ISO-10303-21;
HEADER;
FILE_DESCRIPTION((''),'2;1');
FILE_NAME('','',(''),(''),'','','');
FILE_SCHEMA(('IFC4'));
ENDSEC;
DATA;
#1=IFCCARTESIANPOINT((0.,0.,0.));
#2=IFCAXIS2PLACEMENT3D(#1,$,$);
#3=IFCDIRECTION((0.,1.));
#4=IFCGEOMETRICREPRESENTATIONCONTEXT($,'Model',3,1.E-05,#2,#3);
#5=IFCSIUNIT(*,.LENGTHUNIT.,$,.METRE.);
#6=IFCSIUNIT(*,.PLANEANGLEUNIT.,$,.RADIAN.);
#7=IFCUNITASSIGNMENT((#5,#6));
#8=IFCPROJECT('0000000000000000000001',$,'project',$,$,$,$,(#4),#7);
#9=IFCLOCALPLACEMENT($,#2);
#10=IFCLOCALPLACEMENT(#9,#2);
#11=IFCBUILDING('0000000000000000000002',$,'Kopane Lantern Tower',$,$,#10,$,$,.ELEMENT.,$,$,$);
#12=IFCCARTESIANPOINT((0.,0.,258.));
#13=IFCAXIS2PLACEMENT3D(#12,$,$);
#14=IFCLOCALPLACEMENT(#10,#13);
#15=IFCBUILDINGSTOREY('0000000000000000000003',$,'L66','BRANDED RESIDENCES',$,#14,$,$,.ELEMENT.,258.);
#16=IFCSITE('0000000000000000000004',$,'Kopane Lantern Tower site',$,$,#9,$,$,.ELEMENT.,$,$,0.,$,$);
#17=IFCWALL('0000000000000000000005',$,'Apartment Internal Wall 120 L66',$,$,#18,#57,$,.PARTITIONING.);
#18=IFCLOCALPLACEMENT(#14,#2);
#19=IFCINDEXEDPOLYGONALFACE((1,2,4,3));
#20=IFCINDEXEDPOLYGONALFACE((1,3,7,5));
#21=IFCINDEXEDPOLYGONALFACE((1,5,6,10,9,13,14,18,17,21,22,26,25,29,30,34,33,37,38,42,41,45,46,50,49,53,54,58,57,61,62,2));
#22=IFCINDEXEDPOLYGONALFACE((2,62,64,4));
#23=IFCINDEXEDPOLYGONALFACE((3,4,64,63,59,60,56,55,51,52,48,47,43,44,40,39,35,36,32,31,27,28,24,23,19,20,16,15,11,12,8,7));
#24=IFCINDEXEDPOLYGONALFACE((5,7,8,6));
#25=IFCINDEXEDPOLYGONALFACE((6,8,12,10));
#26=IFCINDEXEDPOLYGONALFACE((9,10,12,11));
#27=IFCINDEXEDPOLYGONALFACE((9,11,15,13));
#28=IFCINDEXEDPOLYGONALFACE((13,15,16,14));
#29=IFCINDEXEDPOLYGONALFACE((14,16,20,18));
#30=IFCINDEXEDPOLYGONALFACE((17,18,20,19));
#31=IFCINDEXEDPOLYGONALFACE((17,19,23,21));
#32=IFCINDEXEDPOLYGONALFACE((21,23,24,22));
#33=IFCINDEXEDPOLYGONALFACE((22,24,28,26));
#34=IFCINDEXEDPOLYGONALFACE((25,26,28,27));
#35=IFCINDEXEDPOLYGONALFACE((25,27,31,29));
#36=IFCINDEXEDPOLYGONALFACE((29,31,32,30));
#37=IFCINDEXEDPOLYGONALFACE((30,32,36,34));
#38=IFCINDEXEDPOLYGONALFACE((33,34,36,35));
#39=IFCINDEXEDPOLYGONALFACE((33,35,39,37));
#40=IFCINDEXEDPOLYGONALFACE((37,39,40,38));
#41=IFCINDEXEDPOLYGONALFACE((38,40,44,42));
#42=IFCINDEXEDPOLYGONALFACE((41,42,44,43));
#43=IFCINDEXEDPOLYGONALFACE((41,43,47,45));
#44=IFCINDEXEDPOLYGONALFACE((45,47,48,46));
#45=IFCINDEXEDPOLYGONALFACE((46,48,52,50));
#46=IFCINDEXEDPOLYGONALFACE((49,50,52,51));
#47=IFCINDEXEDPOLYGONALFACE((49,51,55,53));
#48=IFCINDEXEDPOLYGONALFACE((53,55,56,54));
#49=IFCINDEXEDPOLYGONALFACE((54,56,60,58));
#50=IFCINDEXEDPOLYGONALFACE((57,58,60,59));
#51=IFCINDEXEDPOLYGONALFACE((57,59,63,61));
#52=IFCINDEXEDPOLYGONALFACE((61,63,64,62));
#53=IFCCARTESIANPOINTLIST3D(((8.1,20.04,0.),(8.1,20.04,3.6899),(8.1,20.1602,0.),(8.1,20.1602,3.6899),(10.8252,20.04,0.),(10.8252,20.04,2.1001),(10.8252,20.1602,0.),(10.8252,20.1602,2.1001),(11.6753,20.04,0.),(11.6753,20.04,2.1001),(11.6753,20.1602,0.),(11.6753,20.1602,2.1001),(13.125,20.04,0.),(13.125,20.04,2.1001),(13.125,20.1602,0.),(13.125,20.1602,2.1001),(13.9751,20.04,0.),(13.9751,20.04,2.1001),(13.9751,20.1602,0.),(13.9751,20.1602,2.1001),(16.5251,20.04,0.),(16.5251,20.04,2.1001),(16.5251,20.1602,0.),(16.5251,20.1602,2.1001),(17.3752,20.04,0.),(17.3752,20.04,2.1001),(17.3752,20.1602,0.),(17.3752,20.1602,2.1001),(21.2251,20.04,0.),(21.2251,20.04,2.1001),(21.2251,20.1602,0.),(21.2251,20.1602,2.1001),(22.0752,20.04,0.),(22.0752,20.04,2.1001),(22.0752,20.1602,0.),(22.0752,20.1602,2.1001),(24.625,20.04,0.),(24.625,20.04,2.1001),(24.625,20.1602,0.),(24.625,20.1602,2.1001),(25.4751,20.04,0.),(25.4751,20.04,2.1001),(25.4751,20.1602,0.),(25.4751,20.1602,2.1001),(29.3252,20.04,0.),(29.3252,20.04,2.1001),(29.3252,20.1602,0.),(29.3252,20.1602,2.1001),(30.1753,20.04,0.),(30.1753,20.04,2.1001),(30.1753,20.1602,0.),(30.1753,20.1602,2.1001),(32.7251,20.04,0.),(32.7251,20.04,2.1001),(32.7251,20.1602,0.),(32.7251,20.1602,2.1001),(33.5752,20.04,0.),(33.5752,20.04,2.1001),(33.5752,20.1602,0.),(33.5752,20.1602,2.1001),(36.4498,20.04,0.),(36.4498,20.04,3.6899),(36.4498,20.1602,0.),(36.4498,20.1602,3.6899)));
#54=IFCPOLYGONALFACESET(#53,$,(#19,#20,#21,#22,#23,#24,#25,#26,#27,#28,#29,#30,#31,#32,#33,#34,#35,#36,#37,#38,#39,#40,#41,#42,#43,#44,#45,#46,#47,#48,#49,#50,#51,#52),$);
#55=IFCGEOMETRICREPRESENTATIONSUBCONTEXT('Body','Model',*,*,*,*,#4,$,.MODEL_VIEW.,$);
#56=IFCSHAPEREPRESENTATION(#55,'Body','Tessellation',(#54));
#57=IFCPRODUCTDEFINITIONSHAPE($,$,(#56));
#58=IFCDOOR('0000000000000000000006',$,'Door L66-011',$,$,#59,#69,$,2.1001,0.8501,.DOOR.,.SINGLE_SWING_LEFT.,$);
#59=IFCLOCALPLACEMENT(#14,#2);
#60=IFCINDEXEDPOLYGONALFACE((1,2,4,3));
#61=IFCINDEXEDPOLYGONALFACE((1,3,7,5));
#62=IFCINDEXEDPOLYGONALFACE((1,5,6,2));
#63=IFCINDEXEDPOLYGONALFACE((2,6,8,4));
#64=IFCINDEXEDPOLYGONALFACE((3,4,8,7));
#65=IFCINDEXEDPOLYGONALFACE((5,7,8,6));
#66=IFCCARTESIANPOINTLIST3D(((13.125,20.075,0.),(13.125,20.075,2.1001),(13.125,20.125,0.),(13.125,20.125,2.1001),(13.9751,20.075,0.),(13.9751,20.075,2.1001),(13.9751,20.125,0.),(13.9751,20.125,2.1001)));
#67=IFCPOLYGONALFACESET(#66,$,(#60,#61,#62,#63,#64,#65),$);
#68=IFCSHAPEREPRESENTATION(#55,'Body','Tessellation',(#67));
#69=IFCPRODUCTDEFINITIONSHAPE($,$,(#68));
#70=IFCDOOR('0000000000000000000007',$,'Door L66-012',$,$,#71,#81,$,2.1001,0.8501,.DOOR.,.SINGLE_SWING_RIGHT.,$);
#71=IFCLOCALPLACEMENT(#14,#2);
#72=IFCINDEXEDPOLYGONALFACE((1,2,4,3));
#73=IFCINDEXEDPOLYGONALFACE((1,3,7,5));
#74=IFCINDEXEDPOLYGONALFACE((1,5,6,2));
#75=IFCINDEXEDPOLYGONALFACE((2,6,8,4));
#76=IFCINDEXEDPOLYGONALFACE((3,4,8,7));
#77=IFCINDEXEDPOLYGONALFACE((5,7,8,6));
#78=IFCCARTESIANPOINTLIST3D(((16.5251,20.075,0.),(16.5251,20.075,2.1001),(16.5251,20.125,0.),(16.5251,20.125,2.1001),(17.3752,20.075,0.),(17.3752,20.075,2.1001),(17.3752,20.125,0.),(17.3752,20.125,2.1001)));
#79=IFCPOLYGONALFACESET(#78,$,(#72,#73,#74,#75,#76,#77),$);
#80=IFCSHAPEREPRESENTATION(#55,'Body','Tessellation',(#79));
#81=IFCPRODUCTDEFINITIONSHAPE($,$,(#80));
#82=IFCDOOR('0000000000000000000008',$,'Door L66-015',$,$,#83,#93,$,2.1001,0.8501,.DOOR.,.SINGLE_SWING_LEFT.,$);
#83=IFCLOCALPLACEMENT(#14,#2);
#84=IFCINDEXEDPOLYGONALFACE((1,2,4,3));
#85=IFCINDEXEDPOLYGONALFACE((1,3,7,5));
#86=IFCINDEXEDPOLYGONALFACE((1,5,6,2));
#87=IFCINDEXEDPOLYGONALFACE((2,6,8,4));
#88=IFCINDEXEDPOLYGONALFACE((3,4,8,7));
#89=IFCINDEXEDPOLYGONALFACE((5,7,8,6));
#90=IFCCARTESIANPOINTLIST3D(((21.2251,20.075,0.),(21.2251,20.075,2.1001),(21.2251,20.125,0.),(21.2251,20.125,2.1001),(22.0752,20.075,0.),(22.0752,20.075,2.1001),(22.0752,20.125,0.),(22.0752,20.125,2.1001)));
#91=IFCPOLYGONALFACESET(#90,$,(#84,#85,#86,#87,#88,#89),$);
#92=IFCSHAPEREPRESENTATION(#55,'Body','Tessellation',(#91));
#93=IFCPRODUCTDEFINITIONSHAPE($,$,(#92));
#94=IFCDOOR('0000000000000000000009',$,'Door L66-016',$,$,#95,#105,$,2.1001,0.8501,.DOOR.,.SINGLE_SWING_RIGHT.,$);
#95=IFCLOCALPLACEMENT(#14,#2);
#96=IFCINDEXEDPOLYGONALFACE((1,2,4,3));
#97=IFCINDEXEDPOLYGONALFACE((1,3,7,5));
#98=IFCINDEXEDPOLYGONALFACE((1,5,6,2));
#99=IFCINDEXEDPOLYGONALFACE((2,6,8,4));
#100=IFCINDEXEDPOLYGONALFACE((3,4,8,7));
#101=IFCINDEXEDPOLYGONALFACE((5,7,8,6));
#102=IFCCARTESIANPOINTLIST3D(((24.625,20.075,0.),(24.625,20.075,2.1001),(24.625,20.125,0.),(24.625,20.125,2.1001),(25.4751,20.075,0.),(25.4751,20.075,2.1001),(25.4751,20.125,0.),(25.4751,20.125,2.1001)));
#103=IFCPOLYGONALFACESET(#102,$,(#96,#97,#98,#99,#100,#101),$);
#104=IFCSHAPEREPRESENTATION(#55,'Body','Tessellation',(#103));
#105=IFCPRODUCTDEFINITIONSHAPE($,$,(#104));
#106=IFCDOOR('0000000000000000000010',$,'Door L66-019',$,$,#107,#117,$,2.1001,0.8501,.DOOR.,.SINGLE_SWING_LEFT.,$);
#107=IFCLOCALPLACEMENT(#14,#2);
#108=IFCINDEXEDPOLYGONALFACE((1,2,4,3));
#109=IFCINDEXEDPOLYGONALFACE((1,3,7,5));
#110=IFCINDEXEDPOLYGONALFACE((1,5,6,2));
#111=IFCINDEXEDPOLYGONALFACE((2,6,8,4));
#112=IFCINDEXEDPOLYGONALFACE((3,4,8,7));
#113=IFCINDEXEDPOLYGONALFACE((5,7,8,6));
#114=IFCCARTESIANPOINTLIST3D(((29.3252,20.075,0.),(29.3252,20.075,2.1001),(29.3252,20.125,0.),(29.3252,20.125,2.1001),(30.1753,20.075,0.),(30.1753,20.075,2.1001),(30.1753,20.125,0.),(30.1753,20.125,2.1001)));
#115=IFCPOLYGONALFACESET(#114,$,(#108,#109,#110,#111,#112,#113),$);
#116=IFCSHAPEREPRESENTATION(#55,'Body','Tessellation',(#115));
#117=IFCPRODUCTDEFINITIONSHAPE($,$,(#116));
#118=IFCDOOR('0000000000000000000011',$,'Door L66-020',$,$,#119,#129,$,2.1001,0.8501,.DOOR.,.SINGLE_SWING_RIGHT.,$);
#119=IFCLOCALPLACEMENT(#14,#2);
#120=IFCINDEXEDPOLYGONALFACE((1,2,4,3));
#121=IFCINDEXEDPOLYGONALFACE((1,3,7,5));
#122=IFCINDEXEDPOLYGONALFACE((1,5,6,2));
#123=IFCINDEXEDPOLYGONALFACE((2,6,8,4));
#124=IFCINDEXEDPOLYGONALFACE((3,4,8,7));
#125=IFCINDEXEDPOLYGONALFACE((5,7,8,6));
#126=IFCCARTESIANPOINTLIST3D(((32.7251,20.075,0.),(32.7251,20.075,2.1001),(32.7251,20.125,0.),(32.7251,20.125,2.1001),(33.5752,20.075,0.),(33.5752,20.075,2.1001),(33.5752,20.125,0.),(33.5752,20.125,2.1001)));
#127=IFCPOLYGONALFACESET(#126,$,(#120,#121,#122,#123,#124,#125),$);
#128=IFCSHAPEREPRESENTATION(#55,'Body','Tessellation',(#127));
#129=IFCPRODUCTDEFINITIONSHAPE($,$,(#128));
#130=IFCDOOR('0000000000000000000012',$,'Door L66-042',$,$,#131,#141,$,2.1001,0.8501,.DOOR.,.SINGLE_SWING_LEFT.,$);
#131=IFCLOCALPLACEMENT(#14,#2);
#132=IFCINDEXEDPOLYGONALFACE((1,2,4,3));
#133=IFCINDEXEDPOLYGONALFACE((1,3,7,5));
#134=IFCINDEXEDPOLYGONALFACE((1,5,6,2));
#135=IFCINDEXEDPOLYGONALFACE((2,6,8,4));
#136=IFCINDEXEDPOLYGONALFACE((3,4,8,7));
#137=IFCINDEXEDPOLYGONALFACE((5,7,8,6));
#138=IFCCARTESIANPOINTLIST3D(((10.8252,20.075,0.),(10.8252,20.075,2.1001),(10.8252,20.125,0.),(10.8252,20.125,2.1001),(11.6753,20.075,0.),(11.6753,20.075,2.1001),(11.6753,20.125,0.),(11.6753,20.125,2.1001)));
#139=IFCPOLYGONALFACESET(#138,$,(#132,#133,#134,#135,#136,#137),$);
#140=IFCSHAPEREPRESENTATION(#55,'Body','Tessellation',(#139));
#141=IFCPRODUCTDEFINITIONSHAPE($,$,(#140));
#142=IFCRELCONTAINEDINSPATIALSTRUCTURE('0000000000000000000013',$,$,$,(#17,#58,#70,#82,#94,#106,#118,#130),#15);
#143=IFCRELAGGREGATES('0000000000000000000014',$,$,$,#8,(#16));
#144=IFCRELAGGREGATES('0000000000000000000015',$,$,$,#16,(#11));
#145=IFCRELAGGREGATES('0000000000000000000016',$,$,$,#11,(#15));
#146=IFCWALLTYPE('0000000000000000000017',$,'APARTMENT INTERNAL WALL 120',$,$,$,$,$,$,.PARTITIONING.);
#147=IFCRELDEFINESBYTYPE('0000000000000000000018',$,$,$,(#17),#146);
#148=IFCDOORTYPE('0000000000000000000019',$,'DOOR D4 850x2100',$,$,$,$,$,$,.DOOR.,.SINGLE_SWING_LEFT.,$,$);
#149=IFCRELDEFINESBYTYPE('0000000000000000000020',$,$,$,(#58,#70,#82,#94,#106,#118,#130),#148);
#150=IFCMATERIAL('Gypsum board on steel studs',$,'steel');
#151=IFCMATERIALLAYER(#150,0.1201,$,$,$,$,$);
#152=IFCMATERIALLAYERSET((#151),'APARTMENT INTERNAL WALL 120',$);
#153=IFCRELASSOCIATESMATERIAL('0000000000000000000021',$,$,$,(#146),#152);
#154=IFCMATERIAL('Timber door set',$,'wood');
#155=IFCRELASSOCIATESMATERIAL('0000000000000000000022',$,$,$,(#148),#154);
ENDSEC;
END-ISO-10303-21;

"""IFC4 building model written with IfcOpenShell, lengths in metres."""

from ifc_helpers import new_model, si_unit, direction, frame, frame_2d, origin, place, context, subcontext, project, spatial, rectangle, extrude, material, layer, layer_set, type_object, element, fill, save


model = new_model("IFC4")

# Units and contexts
model_context = context("Model", 3, precision=1e-05, world=origin(), true_north=direction((0.0, 1.0)))
body_context = subcontext(model_context, "Body", "Model", "MODEL_VIEW")
ifc_project = project(units=[si_unit("LENGTHUNIT", "METRE"), si_unit("PLANEANGLEUNIT", "RADIAN")], contexts=[model_context])

# Site, building, storey
site_placement = place(None, origin())
site = spatial("IfcSite", under=ifc_project, at=site_placement, Name="Kopane Lantern Tower site", CompositionType="ELEMENT", RefElevation=0.0)
building_placement = place(site_placement, origin())
building = spatial("IfcBuilding", under=site, at=building_placement, Name="Kopane Lantern Tower", CompositionType="ELEMENT")
storey_placement = place(building_placement, frame((0.0, 0.0, 258.0)))
storey = spatial("IfcBuildingStorey", under=building, at=storey_placement, Name="L66", Description="BRANDED RESIDENCES", CompositionType="ELEMENT", Elevation=258.0)

# Wall, openings, doors
ifc_material_1 = material(Name="Gypsum board on steel studs", Category="steel")
ifc_layer_1 = layer(ifc_material_1, 0.1201)
ifc_layer_set_1 = layer_set([ifc_layer_1], Name="APARTMENT INTERNAL WALL 120")
wall_type = type_object("IfcWallType", Name="APARTMENT INTERNAL WALL 120", PredefinedType="PARTITIONING", material=ifc_layer_set_1)
wall_placement = place(storey_placement, frame((8.1001, 20.1001, 0.0), z_axis=(0.0, 0.0, 1.0), x_axis=(1.0, 0.0, 0.0)))
wall = element("IfcWall", 1, at=wall_placement, inside=storey, type_object=wall_type, Name="Apartment Internal Wall 120 L66", PredefinedType="PARTITIONING", context=body_context, shape_type="SweptSolid", body=[
    extrude(rectangle(XDim=28.3499, YDim=0.1201, at=frame_2d((14.1748, 0.0))), origin(), (0.0, 0.0, 1.0), 3.6899),
])
opening_1_placement = place(wall_placement, frame((5.0249, 0.0, 0.0)))
opening_1 = element("IfcOpeningElement", 2, at=opening_1_placement, cuts=wall, PredefinedType="OPENING", context=body_context, shape_type="SweptSolid", body=[
    extrude(rectangle(XDim=0.8501, YDim=2.1001, at=frame_2d((0.425, 1.05))), frame((0.0, 0.0701, 0.0), z_axis=(0.0, -1.0, 0.0), x_axis=(1.0, 0.0, 0.0)), (0.0, 0.0, 1.0), 0.1401),
])
opening_2_placement = place(wall_placement, frame((8.425, 0.0, 0.0)))
opening_2 = element("IfcOpeningElement", 3, at=opening_2_placement, cuts=wall, PredefinedType="OPENING", context=body_context, shape_type="SweptSolid", body=[
    extrude(rectangle(XDim=0.8501, YDim=2.1001, at=frame_2d((0.425, 1.05))), frame((0.0, 0.0701, 0.0), z_axis=(0.0, -1.0, 0.0), x_axis=(1.0, 0.0, 0.0)), (0.0, 0.0, 1.0), 0.1401),
])
opening_3_placement = place(wall_placement, frame((13.125, 0.0, 0.0)))
opening_3 = element("IfcOpeningElement", 4, at=opening_3_placement, cuts=wall, PredefinedType="OPENING", context=body_context, shape_type="SweptSolid", body=[
    extrude(rectangle(XDim=0.8501, YDim=2.1001, at=frame_2d((0.425, 1.05))), frame((0.0, 0.0701, 0.0), z_axis=(0.0, -1.0, 0.0), x_axis=(1.0, 0.0, 0.0)), (0.0, 0.0, 1.0), 0.1401),
])
opening_4_placement = place(wall_placement, frame((16.5249, 0.0, 0.0)))
opening_4 = element("IfcOpeningElement", 5, at=opening_4_placement, cuts=wall, PredefinedType="OPENING", context=body_context, shape_type="SweptSolid", body=[
    extrude(rectangle(XDim=0.8501, YDim=2.1001, at=frame_2d((0.425, 1.05))), frame((0.0, 0.0701, 0.0), z_axis=(0.0, -1.0, 0.0), x_axis=(1.0, 0.0, 0.0)), (0.0, 0.0, 1.0), 0.1401),
])
opening_5_placement = place(wall_placement, frame((21.2251, 0.0, 0.0)))
opening_5 = element("IfcOpeningElement", 6, at=opening_5_placement, cuts=wall, PredefinedType="OPENING", context=body_context, shape_type="SweptSolid", body=[
    extrude(rectangle(XDim=0.8501, YDim=2.1001, at=frame_2d((0.425, 1.05))), frame((0.0, 0.0701, 0.0), z_axis=(0.0, -1.0, 0.0), x_axis=(1.0, 0.0, 0.0)), (0.0, 0.0, 1.0), 0.1401),
])
opening_6_placement = place(wall_placement, frame((24.625, 0.0, 0.0)))
opening_6 = element("IfcOpeningElement", 7, at=opening_6_placement, cuts=wall, PredefinedType="OPENING", context=body_context, shape_type="SweptSolid", body=[
    extrude(rectangle(XDim=0.8501, YDim=2.1001, at=frame_2d((0.425, 1.05))), frame((0.0, 0.0701, 0.0), z_axis=(0.0, -1.0, 0.0), x_axis=(1.0, 0.0, 0.0)), (0.0, 0.0, 1.0), 0.1401),
])
opening_7_placement = place(wall_placement, frame((2.7251, 0.0, 0.0)))
opening_7 = element("IfcOpeningElement", 8, at=opening_7_placement, cuts=wall, PredefinedType="OPENING", context=body_context, shape_type="SweptSolid", body=[
    extrude(rectangle(XDim=0.8501, YDim=2.1001, at=frame_2d((0.425, 1.05))), frame((0.0, 0.0701, 0.0), z_axis=(0.0, -1.0, 0.0), x_axis=(1.0, 0.0, 0.0)), (0.0, 0.0, 1.0), 0.1401),
])
ifc_material_2 = material(Name="Timber door set", Category="wood")
door_type = type_object("IfcDoorType", Name="DOOR D4 850x2100", OperationType="SINGLE_SWING_LEFT", PredefinedType="DOOR", material=ifc_material_2)
door_1_placement = place(opening_1_placement, origin())
door_1 = element("IfcDoor", 9, at=door_1_placement, inside=storey, type_object=door_type, Name="Door L66-011", OperationType="SINGLE_SWING_LEFT", OverallHeight=2.1001, OverallWidth=0.8501, PredefinedType="DOOR", context=body_context, shape_type="SweptSolid", body=[
    extrude(rectangle(XDim=0.8501, YDim=2.1001, at=frame_2d((0.425, 1.05))), frame((0.0, 0.0249, 0.0), z_axis=(0.0, -1.0, 0.0), x_axis=(1.0, 0.0, 0.0)), (0.0, 0.0, 1.0), 0.05),
])
fill(opening_1, door_1)
door_2_placement = place(opening_2_placement, origin())
door_2 = element("IfcDoor", 10, at=door_2_placement, inside=storey, type_object=door_type, Name="Door L66-012", OperationType="SINGLE_SWING_RIGHT", OverallHeight=2.1001, OverallWidth=0.8501, PredefinedType="DOOR", context=body_context, shape_type="SweptSolid", body=[
    extrude(rectangle(XDim=0.8501, YDim=2.1001, at=frame_2d((0.425, 1.05))), frame((0.0, 0.0249, 0.0), z_axis=(0.0, -1.0, 0.0), x_axis=(1.0, 0.0, 0.0)), (0.0, 0.0, 1.0), 0.05),
])
fill(opening_2, door_2)
door_3_placement = place(opening_3_placement, origin())
door_3 = element("IfcDoor", 11, at=door_3_placement, inside=storey, type_object=door_type, Name="Door L66-015", OperationType="SINGLE_SWING_LEFT", OverallHeight=2.1001, OverallWidth=0.8501, PredefinedType="DOOR", context=body_context, shape_type="SweptSolid", body=[
    extrude(rectangle(XDim=0.8501, YDim=2.1001, at=frame_2d((0.425, 1.05))), frame((0.0, 0.0249, 0.0), z_axis=(0.0, -1.0, 0.0), x_axis=(1.0, 0.0, 0.0)), (0.0, 0.0, 1.0), 0.05),
])
fill(opening_3, door_3)
door_4_placement = place(opening_4_placement, origin())
door_4 = element("IfcDoor", 12, at=door_4_placement, inside=storey, type_object=door_type, Name="Door L66-016", OperationType="SINGLE_SWING_RIGHT", OverallHeight=2.1001, OverallWidth=0.8501, PredefinedType="DOOR", context=body_context, shape_type="SweptSolid", body=[
    extrude(rectangle(XDim=0.8501, YDim=2.1001, at=frame_2d((0.425, 1.05))), frame((0.0, 0.0249, 0.0), z_axis=(0.0, -1.0, 0.0), x_axis=(1.0, 0.0, 0.0)), (0.0, 0.0, 1.0), 0.05),
])
fill(opening_4, door_4)
door_5_placement = place(opening_5_placement, origin())
door_5 = element("IfcDoor", 13, at=door_5_placement, inside=storey, type_object=door_type, Name="Door L66-019", OperationType="SINGLE_SWING_LEFT", OverallHeight=2.1001, OverallWidth=0.8501, PredefinedType="DOOR", context=body_context, shape_type="SweptSolid", body=[
    extrude(rectangle(XDim=0.8501, YDim=2.1001, at=frame_2d((0.425, 1.05))), frame((0.0, 0.0249, 0.0), z_axis=(0.0, -1.0, 0.0), x_axis=(1.0, 0.0, 0.0)), (0.0, 0.0, 1.0), 0.05),
])
fill(opening_5, door_5)
door_6_placement = place(opening_6_placement, origin())
door_6 = element("IfcDoor", 14, at=door_6_placement, inside=storey, type_object=door_type, Name="Door L66-020", OperationType="SINGLE_SWING_RIGHT", OverallHeight=2.1001, OverallWidth=0.8501, PredefinedType="DOOR", context=body_context, shape_type="SweptSolid", body=[
    extrude(rectangle(XDim=0.8501, YDim=2.1001, at=frame_2d((0.425, 1.05))), frame((0.0, 0.0249, 0.0), z_axis=(0.0, -1.0, 0.0), x_axis=(1.0, 0.0, 0.0)), (0.0, 0.0, 1.0), 0.05),
])
fill(opening_6, door_6)
door_7_placement = place(opening_7_placement, origin())
door_7 = element("IfcDoor", 15, at=door_7_placement, inside=storey, type_object=door_type, Name="Door L66-042", OperationType="SINGLE_SWING_LEFT", OverallHeight=2.1001, OverallWidth=0.8501, PredefinedType="DOOR", context=body_context, shape_type="SweptSolid", body=[
    extrude(rectangle(XDim=0.8501, YDim=2.1001, at=frame_2d((0.425, 1.05))), frame((0.0, 0.0249, 0.0), z_axis=(0.0, -1.0, 0.0), x_axis=(1.0, 0.0, 0.0)), (0.0, 0.0, 1.0), 0.05),
])
fill(opening_7, door_7)

save(model, "model.ifc")
